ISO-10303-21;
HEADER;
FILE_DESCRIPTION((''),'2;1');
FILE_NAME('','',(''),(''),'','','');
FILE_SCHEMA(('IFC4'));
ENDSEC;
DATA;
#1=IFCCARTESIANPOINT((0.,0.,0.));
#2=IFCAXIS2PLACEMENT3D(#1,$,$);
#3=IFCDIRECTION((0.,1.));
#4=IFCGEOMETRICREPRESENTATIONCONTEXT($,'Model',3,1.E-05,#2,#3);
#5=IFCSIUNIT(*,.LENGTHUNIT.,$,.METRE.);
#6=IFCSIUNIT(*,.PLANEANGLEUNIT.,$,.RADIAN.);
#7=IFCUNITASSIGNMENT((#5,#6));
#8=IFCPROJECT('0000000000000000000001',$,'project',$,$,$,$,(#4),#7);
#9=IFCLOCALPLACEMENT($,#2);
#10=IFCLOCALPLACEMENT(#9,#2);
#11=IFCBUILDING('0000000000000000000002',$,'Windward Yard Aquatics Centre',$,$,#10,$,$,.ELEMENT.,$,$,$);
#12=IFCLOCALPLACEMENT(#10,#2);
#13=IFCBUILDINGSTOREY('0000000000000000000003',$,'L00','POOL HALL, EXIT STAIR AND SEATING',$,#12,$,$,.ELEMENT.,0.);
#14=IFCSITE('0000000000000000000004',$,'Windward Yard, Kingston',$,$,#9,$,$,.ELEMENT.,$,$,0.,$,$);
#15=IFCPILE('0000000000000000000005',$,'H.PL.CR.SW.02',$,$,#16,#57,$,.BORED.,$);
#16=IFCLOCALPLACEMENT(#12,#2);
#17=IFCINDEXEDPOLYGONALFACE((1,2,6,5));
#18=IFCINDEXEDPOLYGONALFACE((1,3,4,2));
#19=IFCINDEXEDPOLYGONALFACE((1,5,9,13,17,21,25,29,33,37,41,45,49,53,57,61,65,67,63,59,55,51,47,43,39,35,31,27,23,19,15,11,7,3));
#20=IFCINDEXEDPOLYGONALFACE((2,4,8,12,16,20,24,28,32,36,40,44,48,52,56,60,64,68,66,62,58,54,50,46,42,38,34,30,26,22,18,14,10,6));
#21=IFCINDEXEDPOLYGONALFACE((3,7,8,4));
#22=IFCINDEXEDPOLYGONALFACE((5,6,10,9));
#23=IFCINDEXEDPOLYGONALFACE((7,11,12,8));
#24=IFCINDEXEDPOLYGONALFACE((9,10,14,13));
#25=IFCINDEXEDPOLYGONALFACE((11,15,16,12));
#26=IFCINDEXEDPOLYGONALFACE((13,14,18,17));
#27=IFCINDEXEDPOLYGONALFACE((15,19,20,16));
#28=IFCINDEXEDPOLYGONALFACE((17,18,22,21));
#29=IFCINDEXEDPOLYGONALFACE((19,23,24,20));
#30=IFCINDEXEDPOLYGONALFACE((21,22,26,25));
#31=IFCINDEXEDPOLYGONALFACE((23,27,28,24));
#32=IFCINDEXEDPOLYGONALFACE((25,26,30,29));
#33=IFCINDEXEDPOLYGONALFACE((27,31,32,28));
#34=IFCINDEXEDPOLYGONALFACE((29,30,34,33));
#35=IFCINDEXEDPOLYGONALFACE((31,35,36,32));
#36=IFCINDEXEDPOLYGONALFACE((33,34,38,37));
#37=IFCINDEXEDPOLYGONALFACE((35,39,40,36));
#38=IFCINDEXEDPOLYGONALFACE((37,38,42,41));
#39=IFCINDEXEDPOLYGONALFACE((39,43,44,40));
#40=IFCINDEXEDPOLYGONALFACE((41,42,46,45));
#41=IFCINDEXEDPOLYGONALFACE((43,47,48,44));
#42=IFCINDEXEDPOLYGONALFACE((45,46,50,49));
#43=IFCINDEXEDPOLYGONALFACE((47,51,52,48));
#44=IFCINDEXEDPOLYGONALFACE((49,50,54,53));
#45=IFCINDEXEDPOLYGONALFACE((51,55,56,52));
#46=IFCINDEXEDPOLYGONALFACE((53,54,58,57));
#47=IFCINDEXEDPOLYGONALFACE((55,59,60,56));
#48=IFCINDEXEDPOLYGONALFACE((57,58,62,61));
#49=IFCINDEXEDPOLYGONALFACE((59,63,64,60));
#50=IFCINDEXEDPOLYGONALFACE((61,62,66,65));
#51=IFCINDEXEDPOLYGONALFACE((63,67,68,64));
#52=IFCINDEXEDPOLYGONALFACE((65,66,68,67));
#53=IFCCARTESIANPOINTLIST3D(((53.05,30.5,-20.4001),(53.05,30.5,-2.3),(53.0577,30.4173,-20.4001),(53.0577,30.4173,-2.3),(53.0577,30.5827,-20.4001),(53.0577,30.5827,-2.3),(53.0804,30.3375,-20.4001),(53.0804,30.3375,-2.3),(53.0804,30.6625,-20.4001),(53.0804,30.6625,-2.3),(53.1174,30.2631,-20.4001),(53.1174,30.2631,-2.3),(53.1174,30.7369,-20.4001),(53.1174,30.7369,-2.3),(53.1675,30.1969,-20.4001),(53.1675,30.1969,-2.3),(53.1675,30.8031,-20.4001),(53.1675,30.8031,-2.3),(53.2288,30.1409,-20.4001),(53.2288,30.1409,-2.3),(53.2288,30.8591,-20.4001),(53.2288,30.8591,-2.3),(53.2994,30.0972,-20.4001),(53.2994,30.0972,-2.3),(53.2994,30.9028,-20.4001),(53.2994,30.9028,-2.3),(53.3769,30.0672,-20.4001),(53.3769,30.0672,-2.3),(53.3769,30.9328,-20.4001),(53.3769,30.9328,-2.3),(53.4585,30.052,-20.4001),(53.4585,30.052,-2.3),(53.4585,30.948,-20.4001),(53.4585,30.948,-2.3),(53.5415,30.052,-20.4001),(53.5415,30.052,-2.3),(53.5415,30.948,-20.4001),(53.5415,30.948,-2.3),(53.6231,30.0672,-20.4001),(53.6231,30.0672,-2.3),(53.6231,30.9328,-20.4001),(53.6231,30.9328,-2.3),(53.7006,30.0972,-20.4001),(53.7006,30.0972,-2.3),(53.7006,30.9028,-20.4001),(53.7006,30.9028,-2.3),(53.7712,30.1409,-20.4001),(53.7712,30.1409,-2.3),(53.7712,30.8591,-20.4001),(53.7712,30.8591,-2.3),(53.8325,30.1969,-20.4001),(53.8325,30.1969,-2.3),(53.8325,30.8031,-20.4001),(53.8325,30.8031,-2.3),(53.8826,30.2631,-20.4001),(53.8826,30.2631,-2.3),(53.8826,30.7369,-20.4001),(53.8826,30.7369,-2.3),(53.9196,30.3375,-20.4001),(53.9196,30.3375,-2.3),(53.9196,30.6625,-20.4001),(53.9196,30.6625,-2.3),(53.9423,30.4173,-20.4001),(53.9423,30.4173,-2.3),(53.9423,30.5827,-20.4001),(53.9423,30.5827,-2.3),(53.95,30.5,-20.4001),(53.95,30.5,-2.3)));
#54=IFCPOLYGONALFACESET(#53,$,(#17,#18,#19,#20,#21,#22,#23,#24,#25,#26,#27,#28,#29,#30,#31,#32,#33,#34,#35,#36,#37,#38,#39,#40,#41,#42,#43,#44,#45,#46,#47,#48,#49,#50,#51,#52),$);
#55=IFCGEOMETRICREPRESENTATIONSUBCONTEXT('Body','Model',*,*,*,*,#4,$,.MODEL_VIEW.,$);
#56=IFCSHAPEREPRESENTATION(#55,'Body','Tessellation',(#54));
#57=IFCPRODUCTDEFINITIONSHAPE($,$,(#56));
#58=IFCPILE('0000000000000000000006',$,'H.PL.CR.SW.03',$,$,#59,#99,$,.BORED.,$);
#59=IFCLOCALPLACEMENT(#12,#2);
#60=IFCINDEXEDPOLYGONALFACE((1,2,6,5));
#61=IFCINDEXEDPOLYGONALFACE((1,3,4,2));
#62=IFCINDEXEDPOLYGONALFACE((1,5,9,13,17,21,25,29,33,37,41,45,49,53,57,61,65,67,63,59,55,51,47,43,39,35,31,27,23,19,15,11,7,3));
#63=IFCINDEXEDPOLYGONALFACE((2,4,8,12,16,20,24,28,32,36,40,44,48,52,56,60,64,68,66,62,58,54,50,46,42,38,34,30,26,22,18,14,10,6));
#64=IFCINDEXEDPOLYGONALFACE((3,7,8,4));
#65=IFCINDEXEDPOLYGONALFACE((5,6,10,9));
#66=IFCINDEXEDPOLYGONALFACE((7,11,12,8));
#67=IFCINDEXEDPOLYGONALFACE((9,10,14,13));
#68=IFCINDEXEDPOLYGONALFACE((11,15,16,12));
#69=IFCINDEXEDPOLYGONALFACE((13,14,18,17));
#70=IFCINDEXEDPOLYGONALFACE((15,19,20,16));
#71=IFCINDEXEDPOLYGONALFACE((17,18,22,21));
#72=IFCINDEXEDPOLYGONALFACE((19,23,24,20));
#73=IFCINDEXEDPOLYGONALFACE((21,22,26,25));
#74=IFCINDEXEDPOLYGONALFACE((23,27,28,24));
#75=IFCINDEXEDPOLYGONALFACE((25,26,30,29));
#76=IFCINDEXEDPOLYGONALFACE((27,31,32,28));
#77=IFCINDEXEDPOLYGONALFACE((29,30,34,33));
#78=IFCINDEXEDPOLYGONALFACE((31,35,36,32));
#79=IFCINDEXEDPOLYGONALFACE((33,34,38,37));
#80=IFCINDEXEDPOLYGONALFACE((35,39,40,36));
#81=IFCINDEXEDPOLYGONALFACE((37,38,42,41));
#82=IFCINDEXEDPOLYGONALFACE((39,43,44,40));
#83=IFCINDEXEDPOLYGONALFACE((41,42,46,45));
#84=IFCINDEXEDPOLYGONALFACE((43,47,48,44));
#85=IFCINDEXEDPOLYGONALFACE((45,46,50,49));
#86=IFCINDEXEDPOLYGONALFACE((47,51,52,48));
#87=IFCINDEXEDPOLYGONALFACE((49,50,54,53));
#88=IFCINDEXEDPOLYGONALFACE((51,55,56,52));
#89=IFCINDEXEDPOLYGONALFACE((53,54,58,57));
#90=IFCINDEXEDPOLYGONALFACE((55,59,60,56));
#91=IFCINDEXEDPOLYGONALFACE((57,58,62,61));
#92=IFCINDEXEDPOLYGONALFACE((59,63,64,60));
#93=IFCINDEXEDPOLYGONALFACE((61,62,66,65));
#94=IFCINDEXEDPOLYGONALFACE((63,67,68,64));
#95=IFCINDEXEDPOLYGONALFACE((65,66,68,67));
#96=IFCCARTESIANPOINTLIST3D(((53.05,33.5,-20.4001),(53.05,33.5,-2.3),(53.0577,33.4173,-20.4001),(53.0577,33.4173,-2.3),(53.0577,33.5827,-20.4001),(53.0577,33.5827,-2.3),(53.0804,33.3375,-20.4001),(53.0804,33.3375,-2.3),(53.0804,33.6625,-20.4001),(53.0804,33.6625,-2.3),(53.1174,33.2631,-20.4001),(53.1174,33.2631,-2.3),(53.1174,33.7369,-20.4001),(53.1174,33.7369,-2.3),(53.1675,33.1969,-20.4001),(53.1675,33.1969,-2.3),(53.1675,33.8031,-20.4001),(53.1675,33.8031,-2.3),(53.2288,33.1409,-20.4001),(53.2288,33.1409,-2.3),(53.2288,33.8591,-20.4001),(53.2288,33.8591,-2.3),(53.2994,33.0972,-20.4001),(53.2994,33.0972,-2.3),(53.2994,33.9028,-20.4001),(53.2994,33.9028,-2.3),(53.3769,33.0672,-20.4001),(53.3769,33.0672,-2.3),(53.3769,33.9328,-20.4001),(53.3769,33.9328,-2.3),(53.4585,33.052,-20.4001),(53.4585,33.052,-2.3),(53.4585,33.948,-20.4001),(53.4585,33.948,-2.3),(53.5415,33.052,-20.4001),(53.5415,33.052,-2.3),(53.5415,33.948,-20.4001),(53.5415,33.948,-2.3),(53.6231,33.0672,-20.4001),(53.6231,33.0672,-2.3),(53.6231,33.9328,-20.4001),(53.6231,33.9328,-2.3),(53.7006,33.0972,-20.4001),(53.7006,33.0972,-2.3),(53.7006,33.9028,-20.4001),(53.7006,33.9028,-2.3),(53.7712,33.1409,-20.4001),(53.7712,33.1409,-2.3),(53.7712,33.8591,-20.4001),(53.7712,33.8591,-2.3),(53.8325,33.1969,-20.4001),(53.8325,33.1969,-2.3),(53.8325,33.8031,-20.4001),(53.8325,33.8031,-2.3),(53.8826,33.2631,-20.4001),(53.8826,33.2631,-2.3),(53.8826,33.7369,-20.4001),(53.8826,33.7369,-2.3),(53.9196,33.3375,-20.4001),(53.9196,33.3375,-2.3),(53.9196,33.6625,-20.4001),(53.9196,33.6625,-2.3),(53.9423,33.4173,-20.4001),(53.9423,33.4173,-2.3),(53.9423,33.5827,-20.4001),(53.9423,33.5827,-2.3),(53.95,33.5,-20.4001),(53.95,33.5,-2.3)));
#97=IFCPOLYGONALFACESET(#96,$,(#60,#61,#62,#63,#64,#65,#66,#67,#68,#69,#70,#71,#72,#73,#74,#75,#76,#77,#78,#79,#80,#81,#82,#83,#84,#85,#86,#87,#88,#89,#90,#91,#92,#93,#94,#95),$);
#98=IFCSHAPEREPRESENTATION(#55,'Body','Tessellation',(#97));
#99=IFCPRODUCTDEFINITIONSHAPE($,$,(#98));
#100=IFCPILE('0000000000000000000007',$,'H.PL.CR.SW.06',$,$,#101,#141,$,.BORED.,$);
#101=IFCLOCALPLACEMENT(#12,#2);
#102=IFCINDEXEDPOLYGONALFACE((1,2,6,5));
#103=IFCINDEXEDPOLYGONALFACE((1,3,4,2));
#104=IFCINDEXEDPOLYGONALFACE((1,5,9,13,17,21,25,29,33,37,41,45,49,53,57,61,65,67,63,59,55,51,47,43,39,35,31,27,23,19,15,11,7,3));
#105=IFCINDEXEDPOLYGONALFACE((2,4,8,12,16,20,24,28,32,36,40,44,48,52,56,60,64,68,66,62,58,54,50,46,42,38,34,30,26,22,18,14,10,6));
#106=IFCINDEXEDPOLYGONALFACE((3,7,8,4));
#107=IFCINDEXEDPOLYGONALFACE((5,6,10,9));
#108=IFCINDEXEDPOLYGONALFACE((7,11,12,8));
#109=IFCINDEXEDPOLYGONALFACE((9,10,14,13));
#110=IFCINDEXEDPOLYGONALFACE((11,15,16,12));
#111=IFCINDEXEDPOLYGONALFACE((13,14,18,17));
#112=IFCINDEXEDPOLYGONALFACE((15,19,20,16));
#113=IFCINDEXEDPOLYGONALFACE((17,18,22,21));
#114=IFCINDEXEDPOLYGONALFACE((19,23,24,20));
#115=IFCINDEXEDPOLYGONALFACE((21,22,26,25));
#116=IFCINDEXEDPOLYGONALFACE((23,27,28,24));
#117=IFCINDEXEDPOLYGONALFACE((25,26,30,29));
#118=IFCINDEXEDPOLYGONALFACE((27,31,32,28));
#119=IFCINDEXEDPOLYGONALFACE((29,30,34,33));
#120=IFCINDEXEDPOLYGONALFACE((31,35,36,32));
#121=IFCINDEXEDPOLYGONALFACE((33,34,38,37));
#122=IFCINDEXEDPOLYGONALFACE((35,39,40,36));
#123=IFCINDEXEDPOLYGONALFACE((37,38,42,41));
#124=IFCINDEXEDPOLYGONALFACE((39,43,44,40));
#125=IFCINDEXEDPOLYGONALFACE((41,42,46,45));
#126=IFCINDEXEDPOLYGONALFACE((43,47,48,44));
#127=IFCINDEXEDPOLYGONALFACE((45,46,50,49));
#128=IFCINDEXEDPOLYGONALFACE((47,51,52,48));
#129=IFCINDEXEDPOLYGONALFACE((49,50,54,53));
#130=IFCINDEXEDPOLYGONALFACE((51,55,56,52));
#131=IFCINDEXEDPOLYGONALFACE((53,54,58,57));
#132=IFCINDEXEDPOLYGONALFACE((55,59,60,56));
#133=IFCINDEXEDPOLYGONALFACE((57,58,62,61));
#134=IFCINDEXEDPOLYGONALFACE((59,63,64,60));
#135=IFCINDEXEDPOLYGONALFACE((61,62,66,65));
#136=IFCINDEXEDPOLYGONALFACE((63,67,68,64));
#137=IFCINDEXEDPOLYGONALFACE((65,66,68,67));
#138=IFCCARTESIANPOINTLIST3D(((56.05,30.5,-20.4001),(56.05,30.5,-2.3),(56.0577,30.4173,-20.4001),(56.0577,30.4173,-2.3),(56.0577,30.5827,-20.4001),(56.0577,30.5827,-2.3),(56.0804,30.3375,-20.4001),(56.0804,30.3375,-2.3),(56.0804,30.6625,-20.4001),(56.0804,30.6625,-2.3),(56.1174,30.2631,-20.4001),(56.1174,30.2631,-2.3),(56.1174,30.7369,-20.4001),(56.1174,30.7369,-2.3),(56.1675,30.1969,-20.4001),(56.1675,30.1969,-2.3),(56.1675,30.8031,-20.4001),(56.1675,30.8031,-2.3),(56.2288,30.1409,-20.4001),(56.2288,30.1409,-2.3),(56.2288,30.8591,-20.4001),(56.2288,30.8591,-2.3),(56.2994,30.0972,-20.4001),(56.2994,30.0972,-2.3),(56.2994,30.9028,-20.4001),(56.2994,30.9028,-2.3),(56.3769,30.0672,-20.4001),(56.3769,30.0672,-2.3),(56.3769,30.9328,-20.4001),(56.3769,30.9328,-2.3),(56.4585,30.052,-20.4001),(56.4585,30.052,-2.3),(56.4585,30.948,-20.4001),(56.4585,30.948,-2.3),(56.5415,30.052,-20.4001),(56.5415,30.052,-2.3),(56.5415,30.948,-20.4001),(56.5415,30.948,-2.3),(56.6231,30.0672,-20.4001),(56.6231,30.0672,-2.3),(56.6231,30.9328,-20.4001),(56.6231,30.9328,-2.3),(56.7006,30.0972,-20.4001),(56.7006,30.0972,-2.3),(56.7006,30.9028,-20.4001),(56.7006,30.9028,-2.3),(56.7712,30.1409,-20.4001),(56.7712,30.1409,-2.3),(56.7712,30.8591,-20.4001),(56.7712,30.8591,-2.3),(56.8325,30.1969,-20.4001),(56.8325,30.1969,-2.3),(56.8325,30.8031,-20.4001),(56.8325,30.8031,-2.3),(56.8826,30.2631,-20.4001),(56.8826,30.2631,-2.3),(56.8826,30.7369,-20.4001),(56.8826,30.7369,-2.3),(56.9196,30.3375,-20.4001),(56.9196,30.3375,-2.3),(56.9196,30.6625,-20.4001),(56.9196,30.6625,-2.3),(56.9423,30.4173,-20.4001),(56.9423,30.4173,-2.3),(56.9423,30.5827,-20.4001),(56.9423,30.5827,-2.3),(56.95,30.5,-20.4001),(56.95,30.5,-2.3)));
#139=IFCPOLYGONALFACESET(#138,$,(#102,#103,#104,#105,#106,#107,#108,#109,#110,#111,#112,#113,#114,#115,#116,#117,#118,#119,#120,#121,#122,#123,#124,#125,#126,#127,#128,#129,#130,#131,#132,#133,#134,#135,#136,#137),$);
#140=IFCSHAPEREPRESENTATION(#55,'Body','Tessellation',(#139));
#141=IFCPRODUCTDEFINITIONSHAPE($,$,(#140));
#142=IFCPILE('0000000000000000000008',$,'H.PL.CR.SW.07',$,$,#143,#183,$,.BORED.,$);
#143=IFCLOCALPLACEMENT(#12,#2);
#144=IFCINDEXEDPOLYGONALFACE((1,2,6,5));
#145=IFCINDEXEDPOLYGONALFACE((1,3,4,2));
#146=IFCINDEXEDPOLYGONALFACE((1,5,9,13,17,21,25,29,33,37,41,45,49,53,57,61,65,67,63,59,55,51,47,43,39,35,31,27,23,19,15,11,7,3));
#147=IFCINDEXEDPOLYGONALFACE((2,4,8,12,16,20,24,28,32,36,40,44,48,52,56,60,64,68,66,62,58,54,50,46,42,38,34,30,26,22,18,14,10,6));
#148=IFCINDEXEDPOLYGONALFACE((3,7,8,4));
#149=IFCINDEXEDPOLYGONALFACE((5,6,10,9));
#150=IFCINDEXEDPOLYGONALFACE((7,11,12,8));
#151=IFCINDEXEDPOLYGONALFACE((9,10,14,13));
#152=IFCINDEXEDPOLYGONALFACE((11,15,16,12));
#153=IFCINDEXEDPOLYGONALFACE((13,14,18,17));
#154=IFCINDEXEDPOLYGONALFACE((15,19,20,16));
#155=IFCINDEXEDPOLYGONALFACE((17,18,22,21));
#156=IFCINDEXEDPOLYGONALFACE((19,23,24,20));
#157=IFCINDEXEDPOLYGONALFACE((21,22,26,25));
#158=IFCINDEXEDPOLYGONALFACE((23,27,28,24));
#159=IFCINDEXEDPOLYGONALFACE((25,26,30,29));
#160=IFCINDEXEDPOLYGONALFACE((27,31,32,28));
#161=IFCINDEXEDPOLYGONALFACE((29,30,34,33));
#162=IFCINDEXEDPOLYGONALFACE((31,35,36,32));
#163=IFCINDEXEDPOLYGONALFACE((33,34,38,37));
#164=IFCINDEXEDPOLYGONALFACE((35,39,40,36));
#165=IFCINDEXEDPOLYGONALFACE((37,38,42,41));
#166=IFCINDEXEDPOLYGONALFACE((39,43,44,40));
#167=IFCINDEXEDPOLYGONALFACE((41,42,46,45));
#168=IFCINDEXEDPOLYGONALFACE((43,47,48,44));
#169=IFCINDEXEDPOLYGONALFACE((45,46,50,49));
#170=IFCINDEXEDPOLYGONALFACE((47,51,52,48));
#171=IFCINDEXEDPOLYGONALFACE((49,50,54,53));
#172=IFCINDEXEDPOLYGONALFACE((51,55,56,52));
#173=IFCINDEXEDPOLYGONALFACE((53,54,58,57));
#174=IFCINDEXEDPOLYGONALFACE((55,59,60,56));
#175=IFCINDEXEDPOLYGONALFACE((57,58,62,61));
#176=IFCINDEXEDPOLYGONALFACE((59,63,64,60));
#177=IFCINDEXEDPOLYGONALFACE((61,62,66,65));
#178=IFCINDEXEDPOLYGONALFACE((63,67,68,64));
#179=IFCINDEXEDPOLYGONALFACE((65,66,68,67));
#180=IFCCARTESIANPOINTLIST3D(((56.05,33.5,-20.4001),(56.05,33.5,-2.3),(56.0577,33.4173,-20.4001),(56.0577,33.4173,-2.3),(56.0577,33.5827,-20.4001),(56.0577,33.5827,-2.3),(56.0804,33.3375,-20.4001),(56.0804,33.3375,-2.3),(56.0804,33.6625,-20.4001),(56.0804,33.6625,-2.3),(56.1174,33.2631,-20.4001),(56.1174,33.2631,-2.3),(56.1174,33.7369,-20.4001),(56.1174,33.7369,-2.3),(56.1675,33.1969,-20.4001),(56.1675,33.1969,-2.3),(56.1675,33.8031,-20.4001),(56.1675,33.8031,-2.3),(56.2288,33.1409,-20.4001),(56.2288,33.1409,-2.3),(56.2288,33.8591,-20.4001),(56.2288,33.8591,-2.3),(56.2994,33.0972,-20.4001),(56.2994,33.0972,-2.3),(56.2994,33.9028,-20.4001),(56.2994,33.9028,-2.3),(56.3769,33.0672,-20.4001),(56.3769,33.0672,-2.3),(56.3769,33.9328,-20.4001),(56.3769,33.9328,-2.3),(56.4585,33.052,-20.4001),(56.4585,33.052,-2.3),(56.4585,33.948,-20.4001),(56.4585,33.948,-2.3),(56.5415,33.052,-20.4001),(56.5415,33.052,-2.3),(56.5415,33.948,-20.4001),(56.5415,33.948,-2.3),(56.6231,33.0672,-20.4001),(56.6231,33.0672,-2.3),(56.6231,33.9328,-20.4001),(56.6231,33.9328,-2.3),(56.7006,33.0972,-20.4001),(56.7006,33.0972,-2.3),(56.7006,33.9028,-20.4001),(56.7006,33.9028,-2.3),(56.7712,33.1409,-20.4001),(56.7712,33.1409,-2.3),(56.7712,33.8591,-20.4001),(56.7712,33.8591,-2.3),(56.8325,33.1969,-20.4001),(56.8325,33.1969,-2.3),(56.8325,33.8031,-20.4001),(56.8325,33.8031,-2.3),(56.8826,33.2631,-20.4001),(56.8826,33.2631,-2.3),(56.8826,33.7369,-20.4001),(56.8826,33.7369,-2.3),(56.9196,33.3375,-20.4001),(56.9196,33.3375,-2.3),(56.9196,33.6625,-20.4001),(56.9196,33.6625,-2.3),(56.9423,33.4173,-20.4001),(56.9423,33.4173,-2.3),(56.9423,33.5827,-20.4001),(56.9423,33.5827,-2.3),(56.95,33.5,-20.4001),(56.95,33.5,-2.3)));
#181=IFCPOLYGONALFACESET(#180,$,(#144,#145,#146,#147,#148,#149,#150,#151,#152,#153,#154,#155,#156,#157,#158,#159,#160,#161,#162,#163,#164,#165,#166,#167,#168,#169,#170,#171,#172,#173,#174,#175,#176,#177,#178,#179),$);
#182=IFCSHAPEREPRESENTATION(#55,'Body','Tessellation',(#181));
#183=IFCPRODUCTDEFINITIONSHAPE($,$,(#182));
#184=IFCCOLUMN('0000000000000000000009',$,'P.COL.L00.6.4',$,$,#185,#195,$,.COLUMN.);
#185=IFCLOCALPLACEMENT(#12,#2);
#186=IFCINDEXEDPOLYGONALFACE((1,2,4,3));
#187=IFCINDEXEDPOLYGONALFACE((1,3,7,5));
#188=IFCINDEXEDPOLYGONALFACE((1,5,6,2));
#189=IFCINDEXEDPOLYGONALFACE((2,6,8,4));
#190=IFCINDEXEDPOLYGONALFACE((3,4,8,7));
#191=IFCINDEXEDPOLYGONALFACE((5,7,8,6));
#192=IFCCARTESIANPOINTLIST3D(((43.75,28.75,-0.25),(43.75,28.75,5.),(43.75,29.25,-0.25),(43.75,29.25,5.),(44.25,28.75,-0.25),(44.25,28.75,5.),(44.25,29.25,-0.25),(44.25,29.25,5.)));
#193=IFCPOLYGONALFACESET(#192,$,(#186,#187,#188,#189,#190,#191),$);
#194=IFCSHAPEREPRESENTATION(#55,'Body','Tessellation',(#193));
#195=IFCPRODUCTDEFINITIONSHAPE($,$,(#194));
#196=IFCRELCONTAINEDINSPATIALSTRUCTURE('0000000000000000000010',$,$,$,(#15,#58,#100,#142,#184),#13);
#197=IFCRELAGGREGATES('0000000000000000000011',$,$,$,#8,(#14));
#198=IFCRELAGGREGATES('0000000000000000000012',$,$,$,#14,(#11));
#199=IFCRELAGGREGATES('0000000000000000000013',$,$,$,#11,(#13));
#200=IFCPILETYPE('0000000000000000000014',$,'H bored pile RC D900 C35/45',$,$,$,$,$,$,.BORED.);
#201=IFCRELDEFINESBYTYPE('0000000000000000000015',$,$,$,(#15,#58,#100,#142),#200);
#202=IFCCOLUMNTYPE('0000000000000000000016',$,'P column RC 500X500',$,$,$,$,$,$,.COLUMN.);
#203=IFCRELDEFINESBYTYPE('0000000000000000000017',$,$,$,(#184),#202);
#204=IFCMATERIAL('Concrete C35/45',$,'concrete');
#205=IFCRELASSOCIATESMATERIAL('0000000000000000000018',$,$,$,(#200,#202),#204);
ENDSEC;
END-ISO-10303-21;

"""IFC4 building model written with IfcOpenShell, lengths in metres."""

from ifc_helpers import new_model, si_unit, direction, frame, origin, origin_2d, place, context, subcontext, project, spatial, rectangle, circle, extrude, material, material_profile, profile_set, type_object, element, save


model = new_model("IFC4")

# Units and contexts
model_context = context("Model", 3, precision=1e-05, world=origin(), true_north=direction((0.0, 1.0)))
body_context = subcontext(model_context, "Body", "Model", "MODEL_VIEW")
ifc_project = project(units=[si_unit("LENGTHUNIT", "METRE"), si_unit("PLANEANGLEUNIT", "RADIAN")], contexts=[model_context])

# Site, building, storey
site_placement = place(None, origin())
site = spatial("IfcSite", under=ifc_project, at=site_placement, Name="Windward Yard, Kingston", CompositionType="ELEMENT", RefElevation=0.0)
building_placement = place(site_placement, origin())
building = spatial("IfcBuilding", under=site, at=building_placement, Name="Windward Yard Aquatics Centre", CompositionType="ELEMENT")
storey_placement = place(building_placement, origin())
storey = spatial("IfcBuildingStorey", under=building, at=storey_placement, Name="L00", Description="POOL HALL, EXIT STAIR AND SEATING", CompositionType="ELEMENT", Elevation=0.0)

# Piles
ifc_material_1 = material(Name="Concrete C35/45", Category="concrete")
ifc_material_profile_1 = material_profile(ifc_material_1, circle(Radius=0.45, at=origin_2d()), Name="RC D900")
ifc_profile_set_1 = profile_set([ifc_material_profile_1], Name="Concrete C35/45")
pile_type = type_object("IfcPileType", Name="H bored pile RC D900 C35/45", PredefinedType="BORED", material=ifc_profile_set_1)
for number, where, z_axis, x_axis, name in (
    (1, (53.5, 30.5, -2.3), (0.0, 0.0, -1.0), (1.0, 0.0, 0.0), "H.PL.CR.SW.02"),
    (2, (53.5, 33.5, -2.3), (0.0, 0.0, -1.0), (1.0, 0.0, 0.0), "H.PL.CR.SW.03"),
    (3, (56.5, 30.5, -2.3), (0.0, 0.0, -1.0), (1.0, 0.0, 0.0), "H.PL.CR.SW.06"),
    (4, (56.5, 33.5, -2.3), (0.0, 0.0, -1.0), (1.0, 0.0, 0.0), "H.PL.CR.SW.07"),
):
    element("IfcPile", number, at=place(storey_placement, frame(where, z_axis=z_axis, x_axis=x_axis)), inside=storey, type_object=pile_type, Name=name, PredefinedType="BORED", context=body_context, shape_type="SweptSolid", body=[
        extrude(circle(Radius=0.45, at=origin_2d()), origin(), (0.0, 0.0, 1.0), 18.1001),
    ])

# Column
ifc_material_profile_2 = material_profile(ifc_material_1, rectangle(XDim=0.5, YDim=0.5, at=origin_2d()), Name="RC 500X500")
ifc_profile_set_2 = profile_set([ifc_material_profile_2], Name="Concrete C35/45")
column_type = type_object("IfcColumnType", Name="P column RC 500X500", PredefinedType="COLUMN", material=ifc_profile_set_2)
column_placement = place(storey_placement, frame((44.0, 29.0, -0.25), z_axis=(0.0, 0.0, 1.0), x_axis=(1.0, 0.0, 0.0)))
element("IfcColumn", 5, at=column_placement, inside=storey, type_object=column_type, Name="P.COL.L00.6.4", PredefinedType="COLUMN", context=body_context, shape_type="SweptSolid", body=[
    extrude(rectangle(XDim=0.5, YDim=0.5, at=origin_2d()), origin(), (0.0, 0.0, 1.0), 5.25),
])

save(model, "model.ifc")
